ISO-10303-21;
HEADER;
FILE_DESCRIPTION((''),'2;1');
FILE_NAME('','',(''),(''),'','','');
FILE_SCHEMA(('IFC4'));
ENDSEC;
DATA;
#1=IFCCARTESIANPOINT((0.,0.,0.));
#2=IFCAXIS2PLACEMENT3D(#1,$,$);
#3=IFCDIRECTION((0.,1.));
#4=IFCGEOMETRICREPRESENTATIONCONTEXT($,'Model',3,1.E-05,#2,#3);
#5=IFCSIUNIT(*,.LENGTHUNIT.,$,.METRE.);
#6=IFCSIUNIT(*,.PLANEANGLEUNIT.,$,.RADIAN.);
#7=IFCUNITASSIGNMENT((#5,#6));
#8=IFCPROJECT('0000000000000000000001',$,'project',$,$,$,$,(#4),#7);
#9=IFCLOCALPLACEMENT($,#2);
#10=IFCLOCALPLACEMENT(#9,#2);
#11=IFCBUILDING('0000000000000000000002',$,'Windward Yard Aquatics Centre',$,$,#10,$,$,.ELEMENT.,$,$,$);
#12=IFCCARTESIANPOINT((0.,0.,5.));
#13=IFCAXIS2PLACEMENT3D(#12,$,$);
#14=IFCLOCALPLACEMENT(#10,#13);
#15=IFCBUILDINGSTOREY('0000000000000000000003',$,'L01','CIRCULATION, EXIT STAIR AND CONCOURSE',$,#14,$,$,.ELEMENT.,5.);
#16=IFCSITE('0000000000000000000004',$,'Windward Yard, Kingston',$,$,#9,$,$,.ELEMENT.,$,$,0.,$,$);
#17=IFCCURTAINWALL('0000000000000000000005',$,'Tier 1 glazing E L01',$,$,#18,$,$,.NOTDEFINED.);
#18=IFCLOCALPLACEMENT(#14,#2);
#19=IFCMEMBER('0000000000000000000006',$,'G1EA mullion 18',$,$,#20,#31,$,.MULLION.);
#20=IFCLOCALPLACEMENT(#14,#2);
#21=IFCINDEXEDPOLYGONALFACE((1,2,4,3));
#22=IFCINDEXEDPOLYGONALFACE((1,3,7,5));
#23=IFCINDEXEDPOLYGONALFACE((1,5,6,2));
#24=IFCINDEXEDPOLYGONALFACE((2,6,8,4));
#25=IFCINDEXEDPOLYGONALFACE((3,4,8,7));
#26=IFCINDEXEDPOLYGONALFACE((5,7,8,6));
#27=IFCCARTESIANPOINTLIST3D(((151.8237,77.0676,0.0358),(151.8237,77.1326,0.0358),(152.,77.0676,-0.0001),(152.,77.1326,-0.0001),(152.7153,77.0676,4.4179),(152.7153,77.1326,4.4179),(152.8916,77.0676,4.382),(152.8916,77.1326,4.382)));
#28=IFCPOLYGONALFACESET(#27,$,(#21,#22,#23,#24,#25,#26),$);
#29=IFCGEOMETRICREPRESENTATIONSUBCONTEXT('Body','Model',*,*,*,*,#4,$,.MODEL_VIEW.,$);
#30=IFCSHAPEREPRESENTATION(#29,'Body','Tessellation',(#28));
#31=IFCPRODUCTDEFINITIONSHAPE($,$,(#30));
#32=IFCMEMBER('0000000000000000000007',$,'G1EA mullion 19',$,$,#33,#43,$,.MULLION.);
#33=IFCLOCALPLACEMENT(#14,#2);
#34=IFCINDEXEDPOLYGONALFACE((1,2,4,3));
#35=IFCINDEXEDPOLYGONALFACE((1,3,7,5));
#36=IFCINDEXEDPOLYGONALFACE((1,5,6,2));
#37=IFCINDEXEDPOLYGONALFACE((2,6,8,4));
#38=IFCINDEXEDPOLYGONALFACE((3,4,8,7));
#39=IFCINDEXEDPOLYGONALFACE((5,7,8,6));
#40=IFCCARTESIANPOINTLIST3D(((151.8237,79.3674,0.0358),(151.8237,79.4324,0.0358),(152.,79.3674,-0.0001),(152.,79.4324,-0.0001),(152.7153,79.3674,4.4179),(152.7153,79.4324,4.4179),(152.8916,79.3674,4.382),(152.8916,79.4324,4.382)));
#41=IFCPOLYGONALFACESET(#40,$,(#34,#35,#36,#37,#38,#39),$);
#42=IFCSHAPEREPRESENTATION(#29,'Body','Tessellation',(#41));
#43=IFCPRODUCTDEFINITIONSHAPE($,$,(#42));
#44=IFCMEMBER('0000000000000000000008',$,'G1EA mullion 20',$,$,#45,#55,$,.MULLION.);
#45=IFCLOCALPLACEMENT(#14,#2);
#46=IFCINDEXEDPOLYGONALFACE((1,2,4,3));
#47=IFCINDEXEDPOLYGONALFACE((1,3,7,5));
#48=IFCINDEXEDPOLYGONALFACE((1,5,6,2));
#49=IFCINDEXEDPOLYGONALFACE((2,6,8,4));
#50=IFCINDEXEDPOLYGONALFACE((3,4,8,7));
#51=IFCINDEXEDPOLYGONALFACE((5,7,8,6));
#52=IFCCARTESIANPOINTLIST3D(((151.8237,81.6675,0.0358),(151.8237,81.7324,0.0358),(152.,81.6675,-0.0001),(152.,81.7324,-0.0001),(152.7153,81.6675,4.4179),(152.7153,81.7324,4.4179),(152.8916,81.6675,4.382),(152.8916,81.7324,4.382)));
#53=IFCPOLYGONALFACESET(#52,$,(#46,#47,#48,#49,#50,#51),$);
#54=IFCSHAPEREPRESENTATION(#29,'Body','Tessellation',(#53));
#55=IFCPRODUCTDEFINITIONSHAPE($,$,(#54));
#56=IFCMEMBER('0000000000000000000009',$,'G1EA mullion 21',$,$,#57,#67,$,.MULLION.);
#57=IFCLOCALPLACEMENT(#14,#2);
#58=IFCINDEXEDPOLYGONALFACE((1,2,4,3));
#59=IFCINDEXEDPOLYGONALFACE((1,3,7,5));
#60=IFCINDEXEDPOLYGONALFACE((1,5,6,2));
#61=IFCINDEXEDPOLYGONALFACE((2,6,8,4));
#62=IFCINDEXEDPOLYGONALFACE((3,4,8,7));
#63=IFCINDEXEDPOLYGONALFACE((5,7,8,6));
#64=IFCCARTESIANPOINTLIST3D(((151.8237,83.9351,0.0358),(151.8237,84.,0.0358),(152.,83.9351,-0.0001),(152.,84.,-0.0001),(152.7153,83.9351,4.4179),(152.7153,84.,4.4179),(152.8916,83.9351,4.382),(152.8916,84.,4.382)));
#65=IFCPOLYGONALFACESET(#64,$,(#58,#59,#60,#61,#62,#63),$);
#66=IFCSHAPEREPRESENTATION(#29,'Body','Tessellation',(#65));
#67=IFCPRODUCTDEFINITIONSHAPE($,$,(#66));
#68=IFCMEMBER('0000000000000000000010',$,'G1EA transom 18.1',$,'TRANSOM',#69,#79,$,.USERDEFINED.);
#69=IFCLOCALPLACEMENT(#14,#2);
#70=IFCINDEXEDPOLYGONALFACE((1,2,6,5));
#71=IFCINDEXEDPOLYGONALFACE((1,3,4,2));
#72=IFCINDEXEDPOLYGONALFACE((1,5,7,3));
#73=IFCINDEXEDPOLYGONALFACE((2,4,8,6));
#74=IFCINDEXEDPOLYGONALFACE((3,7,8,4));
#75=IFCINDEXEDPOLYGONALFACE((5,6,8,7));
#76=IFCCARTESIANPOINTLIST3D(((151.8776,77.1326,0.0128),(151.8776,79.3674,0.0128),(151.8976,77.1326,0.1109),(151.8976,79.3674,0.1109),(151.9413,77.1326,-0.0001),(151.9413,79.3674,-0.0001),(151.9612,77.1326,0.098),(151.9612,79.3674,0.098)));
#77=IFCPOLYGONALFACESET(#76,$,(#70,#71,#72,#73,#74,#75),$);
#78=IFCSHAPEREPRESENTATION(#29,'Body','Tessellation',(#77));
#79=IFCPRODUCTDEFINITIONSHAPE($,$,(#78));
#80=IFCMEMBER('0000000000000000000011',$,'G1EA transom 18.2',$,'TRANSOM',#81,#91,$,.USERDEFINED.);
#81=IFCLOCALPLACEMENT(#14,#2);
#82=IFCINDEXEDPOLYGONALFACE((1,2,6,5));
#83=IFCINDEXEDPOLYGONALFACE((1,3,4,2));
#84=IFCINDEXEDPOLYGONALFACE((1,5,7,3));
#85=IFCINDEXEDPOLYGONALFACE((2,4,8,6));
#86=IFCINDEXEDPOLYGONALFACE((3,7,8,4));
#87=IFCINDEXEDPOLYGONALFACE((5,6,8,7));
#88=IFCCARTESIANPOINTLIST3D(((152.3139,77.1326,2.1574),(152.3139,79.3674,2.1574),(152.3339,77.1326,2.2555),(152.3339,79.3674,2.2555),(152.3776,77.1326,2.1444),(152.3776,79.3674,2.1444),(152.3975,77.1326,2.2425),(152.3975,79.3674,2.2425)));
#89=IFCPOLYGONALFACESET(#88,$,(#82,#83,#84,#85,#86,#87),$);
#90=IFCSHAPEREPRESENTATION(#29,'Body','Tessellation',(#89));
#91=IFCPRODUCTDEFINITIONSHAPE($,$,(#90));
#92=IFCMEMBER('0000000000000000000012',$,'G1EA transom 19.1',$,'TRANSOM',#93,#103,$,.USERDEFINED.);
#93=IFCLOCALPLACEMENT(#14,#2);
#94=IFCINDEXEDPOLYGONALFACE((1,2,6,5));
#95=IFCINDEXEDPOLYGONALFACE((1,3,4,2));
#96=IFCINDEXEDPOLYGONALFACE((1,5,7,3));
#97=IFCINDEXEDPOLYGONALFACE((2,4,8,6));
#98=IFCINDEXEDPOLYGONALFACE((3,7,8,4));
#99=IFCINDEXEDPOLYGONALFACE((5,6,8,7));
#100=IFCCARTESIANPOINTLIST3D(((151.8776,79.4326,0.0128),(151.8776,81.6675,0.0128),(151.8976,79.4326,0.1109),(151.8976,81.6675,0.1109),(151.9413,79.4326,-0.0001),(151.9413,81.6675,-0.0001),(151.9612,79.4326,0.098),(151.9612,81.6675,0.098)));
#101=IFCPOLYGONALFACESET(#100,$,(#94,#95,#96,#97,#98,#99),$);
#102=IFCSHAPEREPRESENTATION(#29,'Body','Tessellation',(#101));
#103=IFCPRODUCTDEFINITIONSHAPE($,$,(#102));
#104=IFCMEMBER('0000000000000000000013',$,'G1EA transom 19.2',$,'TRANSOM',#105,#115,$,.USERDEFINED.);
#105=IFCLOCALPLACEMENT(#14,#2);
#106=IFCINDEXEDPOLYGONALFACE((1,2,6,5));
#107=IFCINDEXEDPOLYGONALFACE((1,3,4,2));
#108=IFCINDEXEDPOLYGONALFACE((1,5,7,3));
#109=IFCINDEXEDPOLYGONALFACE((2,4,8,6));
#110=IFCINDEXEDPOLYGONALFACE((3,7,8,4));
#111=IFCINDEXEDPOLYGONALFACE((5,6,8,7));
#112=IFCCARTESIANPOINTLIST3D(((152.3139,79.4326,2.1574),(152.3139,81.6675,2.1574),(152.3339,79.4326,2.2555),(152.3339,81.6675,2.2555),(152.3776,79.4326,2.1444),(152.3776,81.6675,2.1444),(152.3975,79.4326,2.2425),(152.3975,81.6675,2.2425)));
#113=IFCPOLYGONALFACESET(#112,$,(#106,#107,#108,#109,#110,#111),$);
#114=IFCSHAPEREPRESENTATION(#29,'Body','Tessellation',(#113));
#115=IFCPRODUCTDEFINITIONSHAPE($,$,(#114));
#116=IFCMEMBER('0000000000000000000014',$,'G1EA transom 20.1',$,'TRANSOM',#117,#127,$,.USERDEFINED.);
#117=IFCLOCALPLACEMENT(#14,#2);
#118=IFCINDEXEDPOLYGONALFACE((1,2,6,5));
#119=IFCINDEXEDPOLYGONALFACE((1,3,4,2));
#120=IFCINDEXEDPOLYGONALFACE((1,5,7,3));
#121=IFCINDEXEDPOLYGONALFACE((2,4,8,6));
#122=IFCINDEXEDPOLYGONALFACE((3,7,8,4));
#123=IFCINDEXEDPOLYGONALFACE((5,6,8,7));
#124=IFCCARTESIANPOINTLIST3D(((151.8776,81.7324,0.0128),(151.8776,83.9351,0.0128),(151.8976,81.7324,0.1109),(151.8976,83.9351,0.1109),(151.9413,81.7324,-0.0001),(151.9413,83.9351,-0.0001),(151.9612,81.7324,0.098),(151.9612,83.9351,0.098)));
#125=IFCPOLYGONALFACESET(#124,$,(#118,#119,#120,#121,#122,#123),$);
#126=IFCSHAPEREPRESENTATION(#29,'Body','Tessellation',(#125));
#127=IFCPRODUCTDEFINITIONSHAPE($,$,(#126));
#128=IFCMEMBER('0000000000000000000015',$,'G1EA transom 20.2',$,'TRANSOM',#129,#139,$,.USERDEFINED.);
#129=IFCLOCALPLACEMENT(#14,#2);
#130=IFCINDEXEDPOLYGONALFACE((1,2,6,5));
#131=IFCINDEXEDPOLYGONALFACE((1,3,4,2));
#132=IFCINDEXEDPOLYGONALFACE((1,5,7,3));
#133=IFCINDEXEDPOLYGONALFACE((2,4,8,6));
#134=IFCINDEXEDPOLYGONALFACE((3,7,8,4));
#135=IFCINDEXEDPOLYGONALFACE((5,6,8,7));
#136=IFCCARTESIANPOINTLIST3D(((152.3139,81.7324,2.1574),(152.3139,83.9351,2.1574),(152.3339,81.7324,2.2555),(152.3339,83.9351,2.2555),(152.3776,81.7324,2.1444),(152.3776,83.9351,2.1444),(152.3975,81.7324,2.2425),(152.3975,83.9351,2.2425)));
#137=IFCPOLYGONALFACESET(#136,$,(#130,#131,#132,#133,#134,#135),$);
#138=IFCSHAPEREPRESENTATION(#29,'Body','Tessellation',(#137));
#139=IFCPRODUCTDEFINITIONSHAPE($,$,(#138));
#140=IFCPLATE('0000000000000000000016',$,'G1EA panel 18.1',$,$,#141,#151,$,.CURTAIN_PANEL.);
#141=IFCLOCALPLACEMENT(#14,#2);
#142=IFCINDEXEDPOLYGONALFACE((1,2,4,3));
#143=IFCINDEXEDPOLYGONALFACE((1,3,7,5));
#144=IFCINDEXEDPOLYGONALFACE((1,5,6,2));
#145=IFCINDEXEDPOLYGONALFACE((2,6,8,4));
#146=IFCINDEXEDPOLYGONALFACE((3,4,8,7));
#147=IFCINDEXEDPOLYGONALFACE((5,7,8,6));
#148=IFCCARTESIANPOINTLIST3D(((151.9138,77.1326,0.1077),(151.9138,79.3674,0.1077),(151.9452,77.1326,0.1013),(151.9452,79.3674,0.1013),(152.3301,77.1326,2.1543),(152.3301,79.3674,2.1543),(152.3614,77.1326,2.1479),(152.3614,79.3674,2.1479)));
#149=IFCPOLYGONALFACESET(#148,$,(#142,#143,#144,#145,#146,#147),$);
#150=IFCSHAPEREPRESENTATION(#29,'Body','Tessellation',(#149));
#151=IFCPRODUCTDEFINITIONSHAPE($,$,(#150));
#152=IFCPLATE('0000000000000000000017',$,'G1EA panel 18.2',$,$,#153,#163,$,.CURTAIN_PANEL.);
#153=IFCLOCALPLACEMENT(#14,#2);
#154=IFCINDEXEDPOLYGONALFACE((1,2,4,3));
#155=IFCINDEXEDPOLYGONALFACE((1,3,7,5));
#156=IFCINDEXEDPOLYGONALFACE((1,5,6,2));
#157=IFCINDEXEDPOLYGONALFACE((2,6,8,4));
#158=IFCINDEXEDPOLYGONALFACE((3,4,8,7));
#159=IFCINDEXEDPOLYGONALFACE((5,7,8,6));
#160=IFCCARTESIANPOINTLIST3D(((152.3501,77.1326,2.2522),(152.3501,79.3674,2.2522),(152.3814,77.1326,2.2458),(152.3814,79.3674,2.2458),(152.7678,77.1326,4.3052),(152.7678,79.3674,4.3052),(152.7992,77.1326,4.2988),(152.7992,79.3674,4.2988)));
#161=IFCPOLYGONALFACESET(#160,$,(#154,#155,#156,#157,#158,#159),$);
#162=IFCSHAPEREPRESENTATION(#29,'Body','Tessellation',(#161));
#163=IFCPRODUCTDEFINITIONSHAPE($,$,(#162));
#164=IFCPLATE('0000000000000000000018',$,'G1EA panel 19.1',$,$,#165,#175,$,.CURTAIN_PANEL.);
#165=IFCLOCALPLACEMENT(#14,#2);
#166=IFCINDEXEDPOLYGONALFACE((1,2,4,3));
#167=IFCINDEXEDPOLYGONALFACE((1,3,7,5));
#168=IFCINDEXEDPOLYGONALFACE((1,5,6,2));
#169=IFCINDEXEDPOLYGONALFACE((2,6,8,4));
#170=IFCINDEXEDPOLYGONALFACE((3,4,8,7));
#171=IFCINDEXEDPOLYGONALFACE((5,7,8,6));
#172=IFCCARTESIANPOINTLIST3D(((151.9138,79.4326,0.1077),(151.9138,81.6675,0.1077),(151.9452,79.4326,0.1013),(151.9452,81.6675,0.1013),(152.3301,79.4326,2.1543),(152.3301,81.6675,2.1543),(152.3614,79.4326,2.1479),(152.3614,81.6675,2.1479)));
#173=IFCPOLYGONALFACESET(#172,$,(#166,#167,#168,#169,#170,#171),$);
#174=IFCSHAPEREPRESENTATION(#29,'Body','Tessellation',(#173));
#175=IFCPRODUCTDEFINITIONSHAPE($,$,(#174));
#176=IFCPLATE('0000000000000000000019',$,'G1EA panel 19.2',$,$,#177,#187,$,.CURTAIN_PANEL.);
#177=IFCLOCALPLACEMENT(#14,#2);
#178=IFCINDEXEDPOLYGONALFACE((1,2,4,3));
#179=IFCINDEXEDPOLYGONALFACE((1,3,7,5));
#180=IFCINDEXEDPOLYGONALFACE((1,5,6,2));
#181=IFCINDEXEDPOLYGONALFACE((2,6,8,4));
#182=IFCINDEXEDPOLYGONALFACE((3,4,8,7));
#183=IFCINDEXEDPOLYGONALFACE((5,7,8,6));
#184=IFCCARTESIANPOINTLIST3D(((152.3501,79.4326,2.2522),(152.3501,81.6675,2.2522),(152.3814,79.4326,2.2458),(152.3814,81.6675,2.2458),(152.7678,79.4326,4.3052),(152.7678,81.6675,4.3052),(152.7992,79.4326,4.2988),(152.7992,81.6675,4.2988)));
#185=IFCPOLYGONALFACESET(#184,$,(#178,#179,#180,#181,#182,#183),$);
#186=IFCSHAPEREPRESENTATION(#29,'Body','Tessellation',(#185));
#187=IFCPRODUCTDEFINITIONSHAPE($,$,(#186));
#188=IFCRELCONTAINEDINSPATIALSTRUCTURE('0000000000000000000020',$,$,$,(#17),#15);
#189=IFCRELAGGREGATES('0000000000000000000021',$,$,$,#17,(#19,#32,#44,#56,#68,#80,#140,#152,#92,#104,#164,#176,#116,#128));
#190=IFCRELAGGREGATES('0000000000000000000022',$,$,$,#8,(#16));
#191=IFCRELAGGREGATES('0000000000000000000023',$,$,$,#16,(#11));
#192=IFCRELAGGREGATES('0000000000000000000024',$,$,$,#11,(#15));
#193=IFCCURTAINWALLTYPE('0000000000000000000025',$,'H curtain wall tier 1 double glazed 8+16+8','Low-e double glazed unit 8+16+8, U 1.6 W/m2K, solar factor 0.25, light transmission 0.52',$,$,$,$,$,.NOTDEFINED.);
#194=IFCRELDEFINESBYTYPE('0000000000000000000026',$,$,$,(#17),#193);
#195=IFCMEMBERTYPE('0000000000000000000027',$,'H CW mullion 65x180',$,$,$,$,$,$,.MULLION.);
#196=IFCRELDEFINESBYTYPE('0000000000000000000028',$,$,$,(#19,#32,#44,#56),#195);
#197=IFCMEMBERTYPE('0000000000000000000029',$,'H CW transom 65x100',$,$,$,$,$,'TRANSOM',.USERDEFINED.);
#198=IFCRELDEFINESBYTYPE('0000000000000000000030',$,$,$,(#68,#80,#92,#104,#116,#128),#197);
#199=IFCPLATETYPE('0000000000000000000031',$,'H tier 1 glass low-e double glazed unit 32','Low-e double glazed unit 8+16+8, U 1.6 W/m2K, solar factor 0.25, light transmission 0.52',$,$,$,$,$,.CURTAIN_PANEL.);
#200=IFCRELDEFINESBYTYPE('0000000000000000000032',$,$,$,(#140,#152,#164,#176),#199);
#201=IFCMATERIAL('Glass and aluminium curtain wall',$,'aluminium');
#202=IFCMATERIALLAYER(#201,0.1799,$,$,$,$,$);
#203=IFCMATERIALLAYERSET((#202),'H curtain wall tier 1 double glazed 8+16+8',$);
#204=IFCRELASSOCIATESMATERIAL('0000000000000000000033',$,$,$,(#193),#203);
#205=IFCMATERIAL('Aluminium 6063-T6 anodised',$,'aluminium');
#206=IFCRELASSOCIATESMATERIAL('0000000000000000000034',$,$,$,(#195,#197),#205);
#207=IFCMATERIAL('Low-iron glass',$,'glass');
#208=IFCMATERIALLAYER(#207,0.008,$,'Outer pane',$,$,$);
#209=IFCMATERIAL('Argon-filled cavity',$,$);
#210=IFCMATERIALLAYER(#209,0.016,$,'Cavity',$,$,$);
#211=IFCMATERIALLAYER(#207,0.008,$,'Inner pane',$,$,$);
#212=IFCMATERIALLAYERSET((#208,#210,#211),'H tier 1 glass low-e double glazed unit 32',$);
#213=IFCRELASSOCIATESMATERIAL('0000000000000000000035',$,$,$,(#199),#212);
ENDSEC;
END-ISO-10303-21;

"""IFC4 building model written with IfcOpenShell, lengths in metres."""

from ifc_helpers import new_model, si_unit, direction, frame, origin, origin_2d, place, context, subcontext, project, spatial, polyline, rectangle, outline, extrude, material, layer, layer_set, material_profile, profile_set, type_object, element, aggregate, save


model = new_model("IFC4")

# Units and contexts
model_context = context("Model", 3, precision=1e-05, world=origin(), true_north=direction((0.0, 1.0)))
body_context = subcontext(model_context, "Body", "Model", "MODEL_VIEW")
ifc_project = project(units=[si_unit("LENGTHUNIT", "METRE"), si_unit("PLANEANGLEUNIT", "RADIAN")], contexts=[model_context])

# Site, building, storey
site_placement = place(None, origin())
site = spatial("IfcSite", under=ifc_project, at=site_placement, Name="Windward Yard, Kingston", CompositionType="ELEMENT", RefElevation=0.0)
building_placement = place(site_placement, origin())
building = spatial("IfcBuilding", under=site, at=building_placement, Name="Windward Yard Aquatics Centre", CompositionType="ELEMENT")
storey_placement = place(building_placement, frame((0.0, 0.0, 5.0)))
storey = spatial("IfcBuildingStorey", under=building, at=storey_placement, Name="L01", Description="CIRCULATION, EXIT STAIR AND CONCOURSE", CompositionType="ELEMENT", Elevation=5.0)

# Curtain wall, members, plates
ifc_material_1 = material(Name="Glass and aluminium curtain wall", Category="aluminium")
ifc_layer_1 = layer(ifc_material_1, 0.1799)
ifc_layer_set_1 = layer_set([ifc_layer_1], Name="H curtain wall tier 1 double glazed 8+16+8")
curtain_wall_type = type_object("IfcCurtainWallType", Name="H curtain wall tier 1 double glazed 8+16+8", Description="Low-e double glazed unit 8+16+8, U 1.6 W/m2K, solar factor 0.25, light transmission 0.52", PredefinedType="NOTDEFINED", material=ifc_layer_set_1)
curtain_wall_placement = place(storey_placement, origin())
curtain_wall = element("IfcCurtainWall", 1, at=curtain_wall_placement, inside=storey, type_object=curtain_wall_type, Name="Tier 1 glazing E L01", PredefinedType="NOTDEFINED")
ifc_material_2 = material(Name="Aluminium 6063-T6 anodised", Category="aluminium")
ifc_material_profile_1 = material_profile(ifc_material_2, rectangle(XDim=0.0649, YDim=0.1799, at=origin_2d()), Name="H CW mullion 65x180")
ifc_profile_set_1 = profile_set([ifc_material_profile_1], Name="Aluminium 6063-T6 anodised")
member_type_1 = type_object("IfcMemberType", Name="H CW mullion 65x180", PredefinedType="MULLION", material=ifc_profile_set_1)
member_1_placement = place(storey_placement, frame((151.9119, 77.1001, 0.0178), z_axis=(0.19938, 0.0, 0.979922), x_axis=(0.0, 1.0, 0.0)))
member_1 = element("IfcMember", 2, at=member_1_placement, type_object=member_type_1, Name="G1EA mullion 18", PredefinedType="MULLION", context=body_context, shape_type="SweptSolid", body=[
    extrude(rectangle(XDim=0.0649, YDim=0.1799, at=origin_2d()), origin(), (0.0, 0.0, 1.0), 4.4719),
])
member_2_placement = place(storey_placement, frame((151.9119, 79.3999, 0.0178), z_axis=(0.19938, 0.0, 0.979922), x_axis=(0.0, 1.0, 0.0)))
member_2 = element("IfcMember", 3, at=member_2_placement, type_object=member_type_1, Name="G1EA mullion 19", PredefinedType="MULLION", context=body_context, shape_type="SweptSolid", body=[
    extrude(rectangle(XDim=0.0649, YDim=0.1799, at=origin_2d()), origin(), (0.0, 0.0, 1.0), 4.4719),
])
member_3_placement = place(storey_placement, frame((151.9119, 81.7, 0.0178), z_axis=(0.19938, 0.0, 0.979922), x_axis=(0.0, 1.0, 0.0)))
member_3 = element("IfcMember", 4, at=member_3_placement, type_object=member_type_1, Name="G1EA mullion 20", PredefinedType="MULLION", context=body_context, shape_type="SweptSolid", body=[
    extrude(rectangle(XDim=0.0649, YDim=0.1799, at=origin_2d()), origin(), (0.0, 0.0, 1.0), 4.4719),
])
member_4_placement = place(storey_placement, frame((151.9119, 83.9675, 0.0178), z_axis=(0.19938, 0.0, 0.979922), x_axis=(0.0, 1.0, 0.0)))
member_4 = element("IfcMember", 5, at=member_4_placement, type_object=member_type_1, Name="G1EA mullion 21", PredefinedType="MULLION", context=body_context, shape_type="SweptSolid", body=[
    extrude(rectangle(XDim=0.0649, YDim=0.1799, at=origin_2d()), origin(), (0.0, 0.0, 1.0), 4.4719),
])
ifc_material_profile_2 = material_profile(ifc_material_2, rectangle(XDim=0.0649, YDim=0.1001, at=origin_2d()), Name="H CW transom 65x100")
ifc_profile_set_2 = profile_set([ifc_material_profile_2], Name="Aluminium 6063-T6 anodised")
member_type_2 = type_object("IfcMemberType", Name="H CW transom 65x100", ElementType="TRANSOM", PredefinedType="USERDEFINED", material=ifc_profile_set_2)
member_5_placement = place(storey_placement, frame((151.9194, 77.1326, 0.0554), z_axis=(0.0, 1.0, 0.0), x_axis=(-0.979925, 0.0, 0.199368)))
member_5 = element("IfcMember", 6, at=member_5_placement, type_object=member_type_2, Name="G1EA transom 18.1", ObjectType="TRANSOM", PredefinedType="USERDEFINED", context=body_context, shape_type="SweptSolid", body=[
    extrude(rectangle(XDim=0.0649, YDim=0.1001, at=origin_2d()), origin(), (0.0, 0.0, 1.0), 2.2349),
])
member_6_placement = place(storey_placement, frame((152.3557, 77.1326, 2.2), z_axis=(0.0, 1.0, 0.0), x_axis=(-0.979925, 0.0, 0.199368)))
member_6 = element("IfcMember", 7, at=member_6_placement, type_object=member_type_2, Name="G1EA transom 18.2", ObjectType="TRANSOM", PredefinedType="USERDEFINED", context=body_context, shape_type="SweptSolid", body=[
    extrude(rectangle(XDim=0.0649, YDim=0.1001, at=origin_2d()), origin(), (0.0, 0.0, 1.0), 2.2349),
])
member_7_placement = place(storey_placement, frame((151.9194, 79.4326, 0.0554), z_axis=(0.0, 1.0, 0.0), x_axis=(-0.979925, 0.0, 0.199368)))
member_7 = element("IfcMember", 8, at=member_7_placement, type_object=member_type_2, Name="G1EA transom 19.1", ObjectType="TRANSOM", PredefinedType="USERDEFINED", context=body_context, shape_type="SweptSolid", body=[
    extrude(rectangle(XDim=0.0649, YDim=0.1001, at=origin_2d()), origin(), (0.0, 0.0, 1.0), 2.2349),
])
member_8_placement = place(storey_placement, frame((152.3557, 79.4326, 2.2), z_axis=(0.0, 1.0, 0.0), x_axis=(-0.979925, 0.0, 0.199368)))
member_8 = element("IfcMember", 9, at=member_8_placement, type_object=member_type_2, Name="G1EA transom 19.2", ObjectType="TRANSOM", PredefinedType="USERDEFINED", context=body_context, shape_type="SweptSolid", body=[
    extrude(rectangle(XDim=0.0649, YDim=0.1001, at=origin_2d()), origin(), (0.0, 0.0, 1.0), 2.2349),
])
member_9_placement = place(storey_placement, frame((151.9194, 81.7324, 0.0554), z_axis=(0.0, 1.0, 0.0), x_axis=(-0.979925, 0.0, 0.199368)))
member_9 = element("IfcMember", 10, at=member_9_placement, type_object=member_type_2, Name="G1EA transom 20.1", ObjectType="TRANSOM", PredefinedType="USERDEFINED", context=body_context, shape_type="SweptSolid", body=[
    extrude(rectangle(XDim=0.0649, YDim=0.1001, at=origin_2d()), origin(), (0.0, 0.0, 1.0), 2.2026),
])
member_10_placement = place(storey_placement, frame((152.3557, 81.7324, 2.2), z_axis=(0.0, 1.0, 0.0), x_axis=(-0.979925, 0.0, 0.199368)))
member_10 = element("IfcMember", 11, at=member_10_placement, type_object=member_type_2, Name="G1EA transom 20.2", ObjectType="TRANSOM", PredefinedType="USERDEFINED", context=body_context, shape_type="SweptSolid", body=[
    extrude(rectangle(XDim=0.0649, YDim=0.1001, at=origin_2d()), origin(), (0.0, 0.0, 1.0), 2.2026),
])
ifc_material_3 = material(Name="Low-iron glass", Category="glass")
ifc_layer_2 = layer(ifc_material_3, 0.008, Name="Outer pane")
ifc_material_4 = material(Name="Argon-filled cavity")
ifc_layer_3 = layer(ifc_material_4, 0.016, Name="Cavity")
ifc_layer_4 = layer(ifc_material_3, 0.008, Name="Inner pane")
ifc_layer_set_2 = layer_set([ifc_layer_2, ifc_layer_3, ifc_layer_4], Name="H tier 1 glass low-e double glazed unit 32")
plate_type = type_object("IfcPlateType", Name="H tier 1 glass low-e double glazed unit 32", Description="Low-e double glazed unit 8+16+8, U 1.6 W/m2K, solar factor 0.25, light transmission 0.52", PredefinedType="CURTAIN_PANEL", material=ifc_layer_set_2)
plate_1_placement = place(storey_placement, frame((151.9138, 77.1326, 0.1077), z_axis=(-0.979937, 0.0, 0.199307), x_axis=(0.0, 1.0, 0.0)))
plate_1 = element("IfcPlate", 12, at=plate_1_placement, type_object=plate_type, Name="G1EA panel 18.1", PredefinedType="CURTAIN_PANEL", context=body_context, shape_type="SweptSolid", body=[
    extrude(outline(polyline([(0.0, 0.0), (2.2349, 0.0), (2.2349, -2.0885), (0.0, -2.0885), (0.0, 0.0)])), origin(), (0.0, 0.0, -1.0), 0.032),
])
plate_2_placement = place(storey_placement, frame((152.3501, 77.1326, 2.2522), z_axis=(-0.979921, 0.0, 0.199387), x_axis=(0.0, 1.0, 0.0)))
plate_2 = element("IfcPlate", 13, at=plate_2_placement, type_object=plate_type, Name="G1EA panel 18.2", PredefinedType="CURTAIN_PANEL", context=body_context, shape_type="SweptSolid", body=[
    extrude(outline(polyline([(0.0, 0.0), (2.2349, 0.0), (2.2349, -2.095), (0.0, -2.095), (0.0, 0.0)])), origin(), (0.0, 0.0, -1.0), 0.032),
])
plate_3_placement = place(storey_placement, frame((151.9138, 79.4326, 0.1077), z_axis=(-0.979937, 0.0, 0.199307), x_axis=(0.0, 1.0, 0.0)))
plate_3 = element("IfcPlate", 14, at=plate_3_placement, type_object=plate_type, Name="G1EA panel 19.1", PredefinedType="CURTAIN_PANEL", context=body_context, shape_type="SweptSolid", body=[
    extrude(outline(polyline([(0.0, 0.0), (2.2349, 0.0), (2.2349, -2.0885), (0.0, -2.0885), (0.0, 0.0)])), origin(), (0.0, 0.0, -1.0), 0.032),
])
plate_4_placement = place(storey_placement, frame((152.3501, 79.4326, 2.2522), z_axis=(-0.979921, 0.0, 0.199387), x_axis=(0.0, 1.0, 0.0)))
plate_4 = element("IfcPlate", 15, at=plate_4_placement, type_object=plate_type, Name="G1EA panel 19.2", PredefinedType="CURTAIN_PANEL", context=body_context, shape_type="SweptSolid", body=[
    extrude(outline(polyline([(0.0, 0.0), (2.2349, 0.0), (2.2349, -2.095), (0.0, -2.095), (0.0, 0.0)])), origin(), (0.0, 0.0, -1.0), 0.032),
])
aggregate(curtain_wall, [member_1, member_2, member_3, member_4, member_5, member_6, plate_1, plate_2, member_7, member_8, plate_3, plate_4, member_9, member_10])

save(model, "model.ifc")
